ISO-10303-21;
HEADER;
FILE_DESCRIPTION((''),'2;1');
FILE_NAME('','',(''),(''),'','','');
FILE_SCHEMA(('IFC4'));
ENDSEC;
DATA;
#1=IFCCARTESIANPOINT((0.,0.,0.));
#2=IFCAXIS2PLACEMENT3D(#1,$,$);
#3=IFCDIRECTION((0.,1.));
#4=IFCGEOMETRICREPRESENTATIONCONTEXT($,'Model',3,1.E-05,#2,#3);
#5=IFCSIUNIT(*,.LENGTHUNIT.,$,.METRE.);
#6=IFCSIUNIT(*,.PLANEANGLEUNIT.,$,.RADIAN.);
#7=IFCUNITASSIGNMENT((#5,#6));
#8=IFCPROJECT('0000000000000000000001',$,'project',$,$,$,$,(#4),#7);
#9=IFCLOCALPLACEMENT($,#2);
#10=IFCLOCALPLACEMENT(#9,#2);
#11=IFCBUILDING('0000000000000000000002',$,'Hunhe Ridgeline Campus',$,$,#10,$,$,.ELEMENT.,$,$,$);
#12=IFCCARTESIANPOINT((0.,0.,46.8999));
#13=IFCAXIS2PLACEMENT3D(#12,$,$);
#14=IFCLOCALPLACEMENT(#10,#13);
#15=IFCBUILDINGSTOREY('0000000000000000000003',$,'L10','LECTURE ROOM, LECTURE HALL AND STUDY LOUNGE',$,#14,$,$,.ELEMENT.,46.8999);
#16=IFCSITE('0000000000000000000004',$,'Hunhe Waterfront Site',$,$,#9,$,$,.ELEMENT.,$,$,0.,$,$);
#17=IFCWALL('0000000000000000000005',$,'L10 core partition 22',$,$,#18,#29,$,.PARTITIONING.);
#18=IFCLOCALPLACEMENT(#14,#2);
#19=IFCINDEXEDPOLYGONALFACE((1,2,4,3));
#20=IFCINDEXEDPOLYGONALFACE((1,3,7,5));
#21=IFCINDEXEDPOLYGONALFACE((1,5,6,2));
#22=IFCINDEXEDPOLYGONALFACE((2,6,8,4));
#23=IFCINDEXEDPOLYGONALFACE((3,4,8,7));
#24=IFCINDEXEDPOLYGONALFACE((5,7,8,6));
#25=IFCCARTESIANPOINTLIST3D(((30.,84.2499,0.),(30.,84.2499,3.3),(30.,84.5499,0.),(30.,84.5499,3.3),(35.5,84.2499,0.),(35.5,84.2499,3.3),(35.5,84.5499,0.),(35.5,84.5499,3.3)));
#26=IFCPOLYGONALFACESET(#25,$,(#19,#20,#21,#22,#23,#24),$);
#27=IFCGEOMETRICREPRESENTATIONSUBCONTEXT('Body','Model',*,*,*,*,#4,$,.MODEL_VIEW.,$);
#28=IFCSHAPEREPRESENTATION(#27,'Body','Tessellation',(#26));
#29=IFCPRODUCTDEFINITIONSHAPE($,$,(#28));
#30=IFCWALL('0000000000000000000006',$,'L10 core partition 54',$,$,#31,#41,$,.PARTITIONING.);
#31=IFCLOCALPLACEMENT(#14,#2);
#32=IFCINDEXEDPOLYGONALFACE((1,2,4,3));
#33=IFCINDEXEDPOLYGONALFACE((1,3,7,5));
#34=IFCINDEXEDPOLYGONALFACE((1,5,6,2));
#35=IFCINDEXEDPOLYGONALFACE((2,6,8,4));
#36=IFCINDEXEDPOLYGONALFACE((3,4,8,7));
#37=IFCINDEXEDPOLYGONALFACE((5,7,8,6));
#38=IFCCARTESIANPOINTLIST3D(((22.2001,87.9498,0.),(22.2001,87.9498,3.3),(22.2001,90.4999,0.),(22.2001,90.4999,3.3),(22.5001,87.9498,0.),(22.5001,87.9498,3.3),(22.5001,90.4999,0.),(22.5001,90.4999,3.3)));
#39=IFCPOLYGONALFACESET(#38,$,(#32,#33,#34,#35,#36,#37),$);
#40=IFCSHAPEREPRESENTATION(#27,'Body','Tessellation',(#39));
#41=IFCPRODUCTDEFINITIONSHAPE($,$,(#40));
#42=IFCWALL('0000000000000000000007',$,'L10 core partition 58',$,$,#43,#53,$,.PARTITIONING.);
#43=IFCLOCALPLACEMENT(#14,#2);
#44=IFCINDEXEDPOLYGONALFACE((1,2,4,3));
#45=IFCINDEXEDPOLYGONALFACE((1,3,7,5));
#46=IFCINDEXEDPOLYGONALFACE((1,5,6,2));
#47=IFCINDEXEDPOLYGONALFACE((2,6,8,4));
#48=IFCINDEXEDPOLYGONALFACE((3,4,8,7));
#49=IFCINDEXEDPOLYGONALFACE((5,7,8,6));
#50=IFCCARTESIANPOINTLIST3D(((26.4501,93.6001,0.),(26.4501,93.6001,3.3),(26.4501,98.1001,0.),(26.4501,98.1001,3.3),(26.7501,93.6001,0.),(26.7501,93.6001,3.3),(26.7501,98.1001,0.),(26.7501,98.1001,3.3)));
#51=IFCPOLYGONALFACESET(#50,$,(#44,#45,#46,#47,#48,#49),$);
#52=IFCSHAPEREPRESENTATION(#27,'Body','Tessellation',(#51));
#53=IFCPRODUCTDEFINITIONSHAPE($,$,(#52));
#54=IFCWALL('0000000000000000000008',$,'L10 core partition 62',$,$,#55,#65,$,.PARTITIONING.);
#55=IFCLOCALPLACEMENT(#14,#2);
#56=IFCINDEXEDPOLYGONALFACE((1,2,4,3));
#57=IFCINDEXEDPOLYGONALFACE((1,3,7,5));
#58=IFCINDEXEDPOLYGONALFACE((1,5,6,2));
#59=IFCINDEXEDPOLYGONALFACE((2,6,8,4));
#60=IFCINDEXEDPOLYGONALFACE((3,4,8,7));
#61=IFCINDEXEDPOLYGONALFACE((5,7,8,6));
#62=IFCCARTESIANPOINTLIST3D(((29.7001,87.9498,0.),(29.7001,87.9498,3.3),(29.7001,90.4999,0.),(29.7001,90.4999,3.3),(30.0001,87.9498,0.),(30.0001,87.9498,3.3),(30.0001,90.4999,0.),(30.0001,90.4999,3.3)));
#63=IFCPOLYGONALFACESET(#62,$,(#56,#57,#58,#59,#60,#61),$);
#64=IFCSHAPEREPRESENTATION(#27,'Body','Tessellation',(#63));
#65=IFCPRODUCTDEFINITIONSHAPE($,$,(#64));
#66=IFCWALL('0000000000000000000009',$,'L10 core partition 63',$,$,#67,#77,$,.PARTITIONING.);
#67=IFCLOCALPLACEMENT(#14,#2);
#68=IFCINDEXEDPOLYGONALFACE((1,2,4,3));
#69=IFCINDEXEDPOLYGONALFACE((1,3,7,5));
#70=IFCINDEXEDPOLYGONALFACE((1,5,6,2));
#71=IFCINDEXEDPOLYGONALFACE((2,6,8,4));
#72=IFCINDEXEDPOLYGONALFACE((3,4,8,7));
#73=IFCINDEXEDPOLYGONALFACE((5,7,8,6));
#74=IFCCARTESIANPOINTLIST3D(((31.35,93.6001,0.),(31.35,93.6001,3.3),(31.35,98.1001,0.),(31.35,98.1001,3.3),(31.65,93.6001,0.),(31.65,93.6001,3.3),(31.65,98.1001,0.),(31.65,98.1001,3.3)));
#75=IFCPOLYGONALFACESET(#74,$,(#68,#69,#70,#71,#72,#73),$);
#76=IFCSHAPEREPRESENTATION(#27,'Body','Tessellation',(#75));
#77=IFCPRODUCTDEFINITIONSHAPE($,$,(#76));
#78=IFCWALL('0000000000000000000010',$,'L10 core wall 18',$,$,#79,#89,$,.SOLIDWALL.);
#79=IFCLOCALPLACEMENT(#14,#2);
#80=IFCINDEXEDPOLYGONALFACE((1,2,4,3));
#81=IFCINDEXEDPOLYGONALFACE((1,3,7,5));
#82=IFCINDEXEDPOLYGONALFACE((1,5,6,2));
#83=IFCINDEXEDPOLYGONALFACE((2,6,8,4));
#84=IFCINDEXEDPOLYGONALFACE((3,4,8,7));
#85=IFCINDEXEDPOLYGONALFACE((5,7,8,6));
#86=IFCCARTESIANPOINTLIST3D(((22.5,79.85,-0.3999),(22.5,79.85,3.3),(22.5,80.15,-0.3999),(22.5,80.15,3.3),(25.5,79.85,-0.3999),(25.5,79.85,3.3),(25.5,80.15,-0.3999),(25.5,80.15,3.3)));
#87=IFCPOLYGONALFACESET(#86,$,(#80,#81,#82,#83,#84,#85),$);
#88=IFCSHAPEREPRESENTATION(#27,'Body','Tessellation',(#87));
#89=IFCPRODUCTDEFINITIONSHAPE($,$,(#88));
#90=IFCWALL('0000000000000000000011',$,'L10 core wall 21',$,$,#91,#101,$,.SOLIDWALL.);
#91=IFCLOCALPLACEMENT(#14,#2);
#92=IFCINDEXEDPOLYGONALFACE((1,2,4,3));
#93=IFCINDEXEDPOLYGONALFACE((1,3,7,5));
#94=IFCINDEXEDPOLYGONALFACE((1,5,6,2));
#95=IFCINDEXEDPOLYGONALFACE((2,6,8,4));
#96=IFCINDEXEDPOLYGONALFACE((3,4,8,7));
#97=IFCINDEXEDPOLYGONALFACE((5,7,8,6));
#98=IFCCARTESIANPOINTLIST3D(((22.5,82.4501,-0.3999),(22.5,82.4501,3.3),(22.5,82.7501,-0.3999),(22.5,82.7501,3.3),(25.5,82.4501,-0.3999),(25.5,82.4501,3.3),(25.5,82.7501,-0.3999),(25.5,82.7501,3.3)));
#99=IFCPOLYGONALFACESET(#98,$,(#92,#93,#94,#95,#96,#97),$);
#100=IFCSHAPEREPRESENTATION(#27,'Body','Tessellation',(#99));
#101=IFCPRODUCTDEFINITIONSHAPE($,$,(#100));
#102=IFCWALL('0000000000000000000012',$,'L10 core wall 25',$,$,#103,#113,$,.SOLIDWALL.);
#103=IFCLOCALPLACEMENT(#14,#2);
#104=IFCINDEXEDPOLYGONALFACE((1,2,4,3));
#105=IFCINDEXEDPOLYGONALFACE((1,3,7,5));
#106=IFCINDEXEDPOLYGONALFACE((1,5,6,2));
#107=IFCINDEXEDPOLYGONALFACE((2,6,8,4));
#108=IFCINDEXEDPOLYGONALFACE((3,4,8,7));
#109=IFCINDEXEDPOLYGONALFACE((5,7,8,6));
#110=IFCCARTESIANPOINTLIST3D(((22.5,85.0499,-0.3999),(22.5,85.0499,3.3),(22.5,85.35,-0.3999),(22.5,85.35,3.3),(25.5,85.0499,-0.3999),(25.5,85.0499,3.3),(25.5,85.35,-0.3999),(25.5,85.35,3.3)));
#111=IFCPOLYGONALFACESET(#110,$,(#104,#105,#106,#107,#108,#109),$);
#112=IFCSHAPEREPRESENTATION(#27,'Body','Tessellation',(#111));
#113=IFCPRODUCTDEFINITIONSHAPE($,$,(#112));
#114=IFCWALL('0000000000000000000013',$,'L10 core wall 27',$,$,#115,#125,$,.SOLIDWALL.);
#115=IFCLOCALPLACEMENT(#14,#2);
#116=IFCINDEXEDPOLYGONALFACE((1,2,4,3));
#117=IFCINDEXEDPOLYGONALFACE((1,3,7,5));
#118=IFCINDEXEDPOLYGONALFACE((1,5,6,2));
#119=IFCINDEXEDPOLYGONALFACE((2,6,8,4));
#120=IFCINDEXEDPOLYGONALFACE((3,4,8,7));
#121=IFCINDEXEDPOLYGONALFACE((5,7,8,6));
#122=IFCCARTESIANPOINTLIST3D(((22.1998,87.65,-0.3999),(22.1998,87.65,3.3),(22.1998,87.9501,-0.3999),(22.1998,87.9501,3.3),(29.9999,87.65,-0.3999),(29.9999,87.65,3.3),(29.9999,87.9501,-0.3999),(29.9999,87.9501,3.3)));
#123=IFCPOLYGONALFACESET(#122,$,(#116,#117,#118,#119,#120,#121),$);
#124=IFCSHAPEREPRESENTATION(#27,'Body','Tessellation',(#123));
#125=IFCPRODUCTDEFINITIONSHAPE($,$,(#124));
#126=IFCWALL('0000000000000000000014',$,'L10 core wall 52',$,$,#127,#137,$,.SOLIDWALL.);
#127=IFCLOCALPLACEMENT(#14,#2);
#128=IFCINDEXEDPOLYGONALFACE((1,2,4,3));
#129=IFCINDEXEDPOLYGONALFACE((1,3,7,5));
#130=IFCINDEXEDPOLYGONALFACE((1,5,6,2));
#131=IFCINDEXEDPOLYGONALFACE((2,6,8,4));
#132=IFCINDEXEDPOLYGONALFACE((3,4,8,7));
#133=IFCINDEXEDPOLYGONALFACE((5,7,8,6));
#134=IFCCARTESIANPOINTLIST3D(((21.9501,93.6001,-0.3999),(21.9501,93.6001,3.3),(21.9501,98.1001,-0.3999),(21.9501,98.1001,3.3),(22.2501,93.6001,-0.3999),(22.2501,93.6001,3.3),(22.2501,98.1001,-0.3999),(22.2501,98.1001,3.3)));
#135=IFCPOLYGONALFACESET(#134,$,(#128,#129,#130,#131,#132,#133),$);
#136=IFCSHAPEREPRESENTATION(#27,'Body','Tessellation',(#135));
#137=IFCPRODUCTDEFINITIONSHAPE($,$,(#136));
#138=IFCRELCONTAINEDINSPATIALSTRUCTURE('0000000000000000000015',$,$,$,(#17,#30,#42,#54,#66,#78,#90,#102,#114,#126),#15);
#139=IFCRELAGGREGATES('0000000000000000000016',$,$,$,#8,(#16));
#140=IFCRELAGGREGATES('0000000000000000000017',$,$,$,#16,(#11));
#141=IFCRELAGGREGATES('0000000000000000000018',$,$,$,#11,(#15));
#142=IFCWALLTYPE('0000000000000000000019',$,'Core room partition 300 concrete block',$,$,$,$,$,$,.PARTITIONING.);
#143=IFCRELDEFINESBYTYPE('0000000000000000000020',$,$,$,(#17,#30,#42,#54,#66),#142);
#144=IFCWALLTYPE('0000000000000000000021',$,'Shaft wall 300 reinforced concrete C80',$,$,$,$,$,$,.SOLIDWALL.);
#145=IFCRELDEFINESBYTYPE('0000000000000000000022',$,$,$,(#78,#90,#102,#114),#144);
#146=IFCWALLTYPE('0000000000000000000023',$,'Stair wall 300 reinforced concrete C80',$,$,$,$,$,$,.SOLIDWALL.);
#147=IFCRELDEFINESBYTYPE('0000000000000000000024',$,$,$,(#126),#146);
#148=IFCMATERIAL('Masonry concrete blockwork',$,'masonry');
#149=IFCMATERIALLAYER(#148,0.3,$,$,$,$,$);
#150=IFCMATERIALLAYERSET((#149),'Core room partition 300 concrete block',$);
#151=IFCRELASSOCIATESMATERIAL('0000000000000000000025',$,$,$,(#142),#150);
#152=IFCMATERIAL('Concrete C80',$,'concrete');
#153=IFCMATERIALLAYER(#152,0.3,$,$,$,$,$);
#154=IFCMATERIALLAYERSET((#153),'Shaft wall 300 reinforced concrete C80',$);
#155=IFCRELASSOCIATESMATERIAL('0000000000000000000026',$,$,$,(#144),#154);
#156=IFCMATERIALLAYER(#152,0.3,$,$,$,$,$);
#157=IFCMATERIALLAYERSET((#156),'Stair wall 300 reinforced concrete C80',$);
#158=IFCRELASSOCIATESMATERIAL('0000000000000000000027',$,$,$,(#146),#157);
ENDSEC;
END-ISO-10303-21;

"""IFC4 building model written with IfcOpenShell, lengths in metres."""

from ifc_helpers import new_model, si_unit, direction, frame, frame_2d, origin, place, context, subcontext, project, spatial, rectangle, extrude, material, layer, layer_set, type_object, element, save


model = new_model("IFC4")

# Units and contexts
model_context = context("Model", 3, precision=1e-05, world=origin(), true_north=direction((0.0, 1.0)))
body_context = subcontext(model_context, "Body", "Model", "MODEL_VIEW")
ifc_project = project(units=[si_unit("LENGTHUNIT", "METRE"), si_unit("PLANEANGLEUNIT", "RADIAN")], contexts=[model_context])

# Site, building, storey
site_placement = place(None, origin())
site = spatial("IfcSite", under=ifc_project, at=site_placement, Name="Hunhe Waterfront Site", CompositionType="ELEMENT", RefElevation=0.0)
building_placement = place(site_placement, origin())
building = spatial("IfcBuilding", under=site, at=building_placement, Name="Hunhe Ridgeline Campus", CompositionType="ELEMENT")
storey_placement = place(building_placement, frame((0.0, 0.0, 46.8999)))
storey = spatial("IfcBuildingStorey", under=building, at=storey_placement, Name="L10", Description="LECTURE ROOM, LECTURE HALL AND STUDY LOUNGE", CompositionType="ELEMENT", Elevation=46.8999)

# Walls
ifc_material_1 = material(Name="Masonry concrete blockwork", Category="masonry")
ifc_layer_1 = layer(ifc_material_1, 0.3)
ifc_layer_set_1 = layer_set([ifc_layer_1], Name="Core room partition 300 concrete block")
wall_type_1 = type_object("IfcWallType", Name="Core room partition 300 concrete block", PredefinedType="PARTITIONING", material=ifc_layer_set_1)
wall_1_placement = place(storey_placement, frame((30.0, 84.3999, 0.0), z_axis=(0.0, 0.0, 1.0), x_axis=(1.0, 0.0, 0.0)))
element("IfcWall", 1, at=wall_1_placement, inside=storey, type_object=wall_type_1, Name="L10 core partition 22", PredefinedType="PARTITIONING", context=body_context, shape_type="SweptSolid", body=[
    extrude(rectangle(XDim=5.5, YDim=0.3, at=frame_2d((2.75, 0.0))), origin(), (0.0, 0.0, 1.0), 3.3),
])
wall_2_placement = place(storey_placement, frame((22.3501, 87.95, 0.0), z_axis=(0.0, 0.0, 1.0), x_axis=(0.0, 1.0, 0.0)))
element("IfcWall", 2, at=wall_2_placement, inside=storey, type_object=wall_type_1, Name="L10 core partition 54", PredefinedType="PARTITIONING", context=body_context, shape_type="SweptSolid", body=[
    extrude(rectangle(XDim=2.55, YDim=0.3, at=frame_2d((1.2749, 0.0))), origin(), (0.0, 0.0, 1.0), 3.3),
])
wall_3_placement = place(storey_placement, frame((26.6001, 93.6001, 0.0), z_axis=(0.0, 0.0, 1.0), x_axis=(0.0, 1.0, 0.0)))
element("IfcWall", 3, at=wall_3_placement, inside=storey, type_object=wall_type_1, Name="L10 core partition 58", PredefinedType="PARTITIONING", context=body_context, shape_type="SweptSolid", body=[
    extrude(rectangle(XDim=4.5, YDim=0.3, at=frame_2d((2.25, 0.0))), origin(), (0.0, 0.0, 1.0), 3.3),
])
wall_4_placement = place(storey_placement, frame((29.8501, 87.95, 0.0), z_axis=(0.0, 0.0, 1.0), x_axis=(0.0, 1.0, 0.0)))
element("IfcWall", 4, at=wall_4_placement, inside=storey, type_object=wall_type_1, Name="L10 core partition 62", PredefinedType="PARTITIONING", context=body_context, shape_type="SweptSolid", body=[
    extrude(rectangle(XDim=2.55, YDim=0.3, at=frame_2d((1.2749, 0.0))), origin(), (0.0, 0.0, 1.0), 3.3),
])
wall_5_placement = place(storey_placement, frame((31.5, 93.6001, 0.0), z_axis=(0.0, 0.0, 1.0), x_axis=(0.0, 1.0, 0.0)))
element("IfcWall", 5, at=wall_5_placement, inside=storey, type_object=wall_type_1, Name="L10 core partition 63", PredefinedType="PARTITIONING", context=body_context, shape_type="SweptSolid", body=[
    extrude(rectangle(XDim=4.5, YDim=0.3, at=frame_2d((2.25, 0.0))), origin(), (0.0, 0.0, 1.0), 3.3),
])
ifc_material_2 = material(Name="Concrete C80", Category="concrete")
ifc_layer_2 = layer(ifc_material_2, 0.3)
ifc_layer_set_2 = layer_set([ifc_layer_2], Name="Shaft wall 300 reinforced concrete C80")
wall_type_2 = type_object("IfcWallType", Name="Shaft wall 300 reinforced concrete C80", PredefinedType="SOLIDWALL", material=ifc_layer_set_2)
for number, where, z_axis, x_axis, name in (
    (6, (22.5, 80.0, -0.3999), (0.0, 0.0, 1.0), (1.0, 0.0, 0.0), "L10 core wall 18"),
    (7, (22.5, 82.6001, -0.3999), (0.0, 0.0, 1.0), (1.0, 0.0, 0.0), "L10 core wall 21"),
    (8, (22.5, 85.2, -0.3999), (0.0, 0.0, 1.0), (1.0, 0.0, 0.0), "L10 core wall 25"),
):
    element("IfcWall", number, at=place(storey_placement, frame(where, z_axis=z_axis, x_axis=x_axis)), inside=storey, type_object=wall_type_2, Name=name, PredefinedType="SOLIDWALL", context=body_context, shape_type="SweptSolid", body=[
        extrude(rectangle(XDim=3.0, YDim=0.3, at=frame_2d((1.5, 0.0))), origin(), (0.0, 0.0, 1.0), 3.7),
    ])
wall_6_placement = place(storey_placement, frame((22.2, 87.8, -0.3999), z_axis=(0.0, 0.0, 1.0), x_axis=(1.0, 0.0, 0.0)))
element("IfcWall", 9, at=wall_6_placement, inside=storey, type_object=wall_type_2, Name="L10 core wall 27", PredefinedType="SOLIDWALL", context=body_context, shape_type="SweptSolid", body=[
    extrude(rectangle(XDim=7.8, YDim=0.3, at=frame_2d((3.8999, 0.0))), origin(), (0.0, 0.0, 1.0), 3.7),
])

# Shared definitions
ifc_layer_3 = layer(ifc_material_2, 0.3)
ifc_layer_set_3 = layer_set([ifc_layer_3], Name="Stair wall 300 reinforced concrete C80")
wall_type_3 = type_object("IfcWallType", Name="Stair wall 300 reinforced concrete C80", PredefinedType="SOLIDWALL", material=ifc_layer_set_3)

# Wall
wall_7_placement = place(storey_placement, frame((22.1001, 93.6001, -0.3999), z_axis=(0.0, 0.0, 1.0), x_axis=(0.0, 1.0, 0.0)))
element("IfcWall", 10, at=wall_7_placement, inside=storey, type_object=wall_type_3, Name="L10 core wall 52", PredefinedType="SOLIDWALL", context=body_context, shape_type="SweptSolid", body=[
    extrude(rectangle(XDim=4.5, YDim=0.3, at=frame_2d((2.25, 0.0))), origin(), (0.0, 0.0, 1.0), 3.7),
])

save(model, "model.ifc")
